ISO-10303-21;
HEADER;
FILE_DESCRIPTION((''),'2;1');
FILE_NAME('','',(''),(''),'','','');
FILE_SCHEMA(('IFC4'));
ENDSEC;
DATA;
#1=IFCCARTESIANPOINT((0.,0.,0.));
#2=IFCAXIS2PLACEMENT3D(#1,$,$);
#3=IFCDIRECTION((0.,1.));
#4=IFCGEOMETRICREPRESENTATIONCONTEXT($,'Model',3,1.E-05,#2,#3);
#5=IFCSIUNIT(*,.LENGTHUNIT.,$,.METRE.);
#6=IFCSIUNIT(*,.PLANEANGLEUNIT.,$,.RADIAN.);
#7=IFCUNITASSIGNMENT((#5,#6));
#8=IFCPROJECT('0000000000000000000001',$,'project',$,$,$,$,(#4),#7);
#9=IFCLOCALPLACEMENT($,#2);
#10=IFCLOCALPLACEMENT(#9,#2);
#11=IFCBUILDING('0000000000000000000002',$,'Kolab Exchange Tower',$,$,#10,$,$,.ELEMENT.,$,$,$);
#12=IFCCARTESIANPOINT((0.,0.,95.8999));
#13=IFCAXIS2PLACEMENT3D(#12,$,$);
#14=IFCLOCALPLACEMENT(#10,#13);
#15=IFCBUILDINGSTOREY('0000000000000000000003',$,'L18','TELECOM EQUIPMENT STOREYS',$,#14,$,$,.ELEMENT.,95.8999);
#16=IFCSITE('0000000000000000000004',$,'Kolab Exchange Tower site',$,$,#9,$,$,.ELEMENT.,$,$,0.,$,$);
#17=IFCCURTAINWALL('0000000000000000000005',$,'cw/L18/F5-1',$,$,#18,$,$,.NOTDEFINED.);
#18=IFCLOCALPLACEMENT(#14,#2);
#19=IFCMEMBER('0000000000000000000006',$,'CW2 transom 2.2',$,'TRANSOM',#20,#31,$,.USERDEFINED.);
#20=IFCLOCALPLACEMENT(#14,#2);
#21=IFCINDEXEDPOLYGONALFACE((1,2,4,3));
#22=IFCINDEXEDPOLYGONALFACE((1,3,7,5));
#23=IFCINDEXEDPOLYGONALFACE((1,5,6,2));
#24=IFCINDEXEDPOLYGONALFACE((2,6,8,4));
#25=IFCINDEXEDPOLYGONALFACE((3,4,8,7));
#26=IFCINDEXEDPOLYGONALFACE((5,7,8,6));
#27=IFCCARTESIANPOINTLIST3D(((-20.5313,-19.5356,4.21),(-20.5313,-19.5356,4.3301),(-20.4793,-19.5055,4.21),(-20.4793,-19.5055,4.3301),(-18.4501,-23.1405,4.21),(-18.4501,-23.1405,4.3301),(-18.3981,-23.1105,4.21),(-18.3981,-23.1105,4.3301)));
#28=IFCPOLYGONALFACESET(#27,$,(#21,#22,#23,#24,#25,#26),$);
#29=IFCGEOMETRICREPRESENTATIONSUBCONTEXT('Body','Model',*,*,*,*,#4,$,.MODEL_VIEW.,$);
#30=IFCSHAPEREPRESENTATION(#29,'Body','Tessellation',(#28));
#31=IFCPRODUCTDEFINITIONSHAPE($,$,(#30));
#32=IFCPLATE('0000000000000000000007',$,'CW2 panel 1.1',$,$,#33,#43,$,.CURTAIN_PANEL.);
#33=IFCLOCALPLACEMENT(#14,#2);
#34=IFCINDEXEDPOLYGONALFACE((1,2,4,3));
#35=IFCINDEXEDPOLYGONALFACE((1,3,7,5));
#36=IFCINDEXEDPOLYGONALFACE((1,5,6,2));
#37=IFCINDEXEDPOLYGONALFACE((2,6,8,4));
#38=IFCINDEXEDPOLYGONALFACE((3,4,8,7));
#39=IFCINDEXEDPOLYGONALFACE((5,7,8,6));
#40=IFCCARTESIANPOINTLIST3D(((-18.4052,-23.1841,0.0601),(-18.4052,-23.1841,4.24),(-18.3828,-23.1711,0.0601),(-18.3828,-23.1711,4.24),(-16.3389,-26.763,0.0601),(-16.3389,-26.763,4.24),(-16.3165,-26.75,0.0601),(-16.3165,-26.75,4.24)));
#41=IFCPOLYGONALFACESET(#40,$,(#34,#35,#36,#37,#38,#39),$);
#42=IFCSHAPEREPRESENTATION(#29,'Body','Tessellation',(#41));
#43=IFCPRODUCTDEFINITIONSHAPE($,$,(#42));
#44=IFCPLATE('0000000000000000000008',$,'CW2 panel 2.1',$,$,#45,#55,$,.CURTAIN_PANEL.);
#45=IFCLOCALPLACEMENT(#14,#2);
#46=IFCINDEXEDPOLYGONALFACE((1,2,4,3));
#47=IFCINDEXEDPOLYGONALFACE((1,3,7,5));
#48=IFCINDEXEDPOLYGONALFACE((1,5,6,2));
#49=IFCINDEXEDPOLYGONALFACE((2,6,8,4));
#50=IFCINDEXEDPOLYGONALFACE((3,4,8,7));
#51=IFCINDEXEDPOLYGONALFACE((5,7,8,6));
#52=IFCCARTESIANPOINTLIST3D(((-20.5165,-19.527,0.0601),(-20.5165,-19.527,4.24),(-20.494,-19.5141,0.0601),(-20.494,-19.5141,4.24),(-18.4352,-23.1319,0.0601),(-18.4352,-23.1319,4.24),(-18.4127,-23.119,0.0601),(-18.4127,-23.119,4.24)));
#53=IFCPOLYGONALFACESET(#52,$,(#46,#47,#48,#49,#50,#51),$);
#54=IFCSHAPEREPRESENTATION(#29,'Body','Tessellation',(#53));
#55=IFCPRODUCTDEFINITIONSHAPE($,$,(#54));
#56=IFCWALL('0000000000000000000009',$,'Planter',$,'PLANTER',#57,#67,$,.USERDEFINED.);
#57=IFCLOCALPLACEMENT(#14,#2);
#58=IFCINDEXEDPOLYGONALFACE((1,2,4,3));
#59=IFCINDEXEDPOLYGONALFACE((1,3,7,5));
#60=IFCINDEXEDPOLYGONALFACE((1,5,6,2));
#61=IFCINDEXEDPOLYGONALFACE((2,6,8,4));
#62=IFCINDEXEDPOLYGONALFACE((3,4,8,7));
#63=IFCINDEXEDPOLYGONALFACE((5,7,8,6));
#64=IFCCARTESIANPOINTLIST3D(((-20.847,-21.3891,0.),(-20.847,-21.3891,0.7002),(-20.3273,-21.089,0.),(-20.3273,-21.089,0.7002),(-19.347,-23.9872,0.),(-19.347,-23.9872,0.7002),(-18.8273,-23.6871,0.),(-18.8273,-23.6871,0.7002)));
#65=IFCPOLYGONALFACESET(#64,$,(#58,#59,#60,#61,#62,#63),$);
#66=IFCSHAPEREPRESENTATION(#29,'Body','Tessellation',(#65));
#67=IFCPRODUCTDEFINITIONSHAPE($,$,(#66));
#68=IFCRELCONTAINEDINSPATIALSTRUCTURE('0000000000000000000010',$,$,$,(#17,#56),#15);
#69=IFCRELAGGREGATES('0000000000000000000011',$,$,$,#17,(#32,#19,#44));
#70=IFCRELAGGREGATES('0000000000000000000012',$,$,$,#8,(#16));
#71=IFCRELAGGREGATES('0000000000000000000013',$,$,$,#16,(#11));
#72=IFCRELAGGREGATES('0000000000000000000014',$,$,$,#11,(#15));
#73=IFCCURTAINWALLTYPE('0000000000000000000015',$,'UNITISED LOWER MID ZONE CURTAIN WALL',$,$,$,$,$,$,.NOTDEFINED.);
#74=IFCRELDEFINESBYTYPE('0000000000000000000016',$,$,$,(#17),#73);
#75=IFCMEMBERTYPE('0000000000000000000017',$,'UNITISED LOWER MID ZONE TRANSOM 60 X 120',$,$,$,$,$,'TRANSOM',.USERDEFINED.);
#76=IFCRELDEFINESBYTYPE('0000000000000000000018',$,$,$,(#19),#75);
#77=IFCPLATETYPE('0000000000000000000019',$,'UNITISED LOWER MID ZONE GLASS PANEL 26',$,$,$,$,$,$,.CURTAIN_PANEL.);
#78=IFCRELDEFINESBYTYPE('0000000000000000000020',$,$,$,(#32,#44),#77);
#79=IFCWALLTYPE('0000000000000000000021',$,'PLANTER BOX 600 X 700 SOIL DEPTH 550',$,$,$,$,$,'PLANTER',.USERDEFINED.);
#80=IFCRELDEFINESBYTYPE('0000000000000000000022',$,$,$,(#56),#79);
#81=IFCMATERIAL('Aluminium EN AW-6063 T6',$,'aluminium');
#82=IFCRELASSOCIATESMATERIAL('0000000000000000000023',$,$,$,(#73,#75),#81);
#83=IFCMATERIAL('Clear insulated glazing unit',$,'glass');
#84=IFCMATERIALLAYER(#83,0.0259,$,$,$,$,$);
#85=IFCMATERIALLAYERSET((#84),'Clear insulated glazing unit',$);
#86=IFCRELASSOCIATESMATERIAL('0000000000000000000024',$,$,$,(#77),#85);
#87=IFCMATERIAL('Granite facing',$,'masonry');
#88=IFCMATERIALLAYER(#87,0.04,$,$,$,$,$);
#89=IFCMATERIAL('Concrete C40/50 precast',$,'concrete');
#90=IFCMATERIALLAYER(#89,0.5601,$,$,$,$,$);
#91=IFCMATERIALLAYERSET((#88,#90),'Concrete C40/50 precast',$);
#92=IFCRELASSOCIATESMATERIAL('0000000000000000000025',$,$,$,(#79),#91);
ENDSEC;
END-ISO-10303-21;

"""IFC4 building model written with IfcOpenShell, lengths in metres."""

from ifc_helpers import new_model, si_unit, direction, frame, frame_2d, origin, origin_2d, place, context, subcontext, project, spatial, rectangle, extrude, material, layer, layer_set, material_profile, profile_set, type_object, element, aggregate, save


model = new_model("IFC4")

# Units and contexts
model_context = context("Model", 3, precision=1e-05, world=origin(), true_north=direction((0.0, 1.0)))
body_context = subcontext(model_context, "Body", "Model", "MODEL_VIEW")
ifc_project = project(units=[si_unit("LENGTHUNIT", "METRE"), si_unit("PLANEANGLEUNIT", "RADIAN")], contexts=[model_context])

# Site, building, storey
site_placement = place(None, origin())
site = spatial("IfcSite", under=ifc_project, at=site_placement, Name="Kolab Exchange Tower site", CompositionType="ELEMENT", RefElevation=0.0)
building_placement = place(site_placement, origin())
building = spatial("IfcBuilding", under=site, at=building_placement, Name="Kolab Exchange Tower", CompositionType="ELEMENT")
storey_placement = place(building_placement, frame((0.0, 0.0, 95.8999)))
storey = spatial("IfcBuildingStorey", under=building, at=storey_placement, Name="L18", Description="TELECOM EQUIPMENT STOREYS", CompositionType="ELEMENT", Elevation=95.8999)

# Curtain wall
ifc_material_1 = material(Name="Aluminium EN AW-6063 T6", Category="aluminium")
curtain_wall_type = type_object("IfcCurtainWallType", Name="UNITISED LOWER MID ZONE CURTAIN WALL", PredefinedType="NOTDEFINED", material=ifc_material_1)
curtain_wall_1_placement = place(storey_placement, origin())
curtain_wall_1 = element("IfcCurtainWall", 1, at=curtain_wall_1_placement, inside=storey, type_object=curtain_wall_type, Name="cw/L18/F5-1", PredefinedType="NOTDEFINED")

# Member
ifc_material_profile_1 = material_profile(ifc_material_1, rectangle(XDim=0.0601, YDim=0.1201, at=origin_2d()), Name="RECT 60X120")
ifc_profile_set_1 = profile_set([ifc_material_profile_1], Name="Aluminium EN AW-6063 T6")
member_type_1 = type_object("IfcMemberType", Name="UNITISED LOWER MID ZONE TRANSOM 60 X 120", ElementType="TRANSOM", PredefinedType="USERDEFINED", material=ifc_profile_set_1)
member_1_placement = place(storey_placement, frame((-18.4241, -23.1255, 4.27), z_axis=(-0.499993, 0.866029, 0.0), x_axis=(-0.866029, -0.499993, 0.0)))
member_1 = element("IfcMember", 2, at=member_1_placement, type_object=member_type_1, Name="CW2 transom 2.2", ObjectType="TRANSOM", PredefinedType="USERDEFINED", context=body_context, shape_type="SweptSolid", body=[
    extrude(rectangle(XDim=0.0601, YDim=0.1201, at=origin_2d()), origin(), (0.0, 0.0, 1.0), 4.1626),
])

# Plates
ifc_material_2 = material(Name="Clear insulated glazing unit", Category="glass")
ifc_layer_1 = layer(ifc_material_2, 0.0259)
ifc_layer_set_1 = layer_set([ifc_layer_1], Name="Clear insulated glazing unit")
plate_type = type_object("IfcPlateType", Name="UNITISED LOWER MID ZONE GLASS PANEL 26", PredefinedType="CURTAIN_PANEL", material=ifc_layer_set_1)
plate_1_placement = place(storey_placement, frame((-17.3608, -24.967, 0.0601), z_axis=(0.0, 0.0, 1.0), x_axis=(-0.5, 0.866025, 0.0)))
plate_1 = element("IfcPlate", 3, at=plate_1_placement, type_object=plate_type, Name="CW2 panel 1.1", PredefinedType="CURTAIN_PANEL", context=body_context, shape_type="SweptSolid", body=[
    extrude(rectangle(XDim=4.1326, YDim=0.0259, at=origin_2d()), origin(), (0.0, 0.0, 1.0), 4.1799),
])
plate_2_placement = place(storey_placement, frame((-19.4646, -21.323, 0.0601), z_axis=(0.0, 0.0, 1.0), x_axis=(-0.5, 0.866025, 0.0)))
plate_2 = element("IfcPlate", 4, at=plate_2_placement, type_object=plate_type, Name="CW2 panel 2.1", PredefinedType="CURTAIN_PANEL", context=body_context, shape_type="SweptSolid", body=[
    extrude(rectangle(XDim=4.1626, YDim=0.0259, at=origin_2d()), origin(), (0.0, 0.0, 1.0), 4.1799),
])
aggregate(curtain_wall_1, [plate_1, member_1, plate_2])

# Wall
ifc_material_3 = material(Name="Granite facing", Category="masonry")
ifc_layer_2 = layer(ifc_material_3, 0.04)
ifc_material_4 = material(Name="Concrete C40/50 precast", Category="concrete")
ifc_layer_3 = layer(ifc_material_4, 0.5601)
ifc_layer_set_2 = layer_set([ifc_layer_2, ifc_layer_3], Name="Concrete C40/50 precast")
wall_type = type_object("IfcWallType", Name="PLANTER BOX 600 X 700 SOIL DEPTH 550", ElementType="PLANTER", PredefinedType="USERDEFINED", material=ifc_layer_set_2)
wall_placement = place(storey_placement, frame((-19.0872, -23.8372, 0.0), z_axis=(0.0, 0.0, 1.0), x_axis=(-0.49999, 0.866031, 0.0)))
element("IfcWall", 5, at=wall_placement, inside=storey, type_object=wall_type, Name="Planter", ObjectType="PLANTER", PredefinedType="USERDEFINED", context=body_context, shape_type="SweptSolid", body=[
    extrude(rectangle(XDim=3.0, YDim=0.6001, at=frame_2d((1.5, 0.0))), origin(), (0.0, 0.0, 1.0), 0.7002),
])

save(model, "model.ifc")
